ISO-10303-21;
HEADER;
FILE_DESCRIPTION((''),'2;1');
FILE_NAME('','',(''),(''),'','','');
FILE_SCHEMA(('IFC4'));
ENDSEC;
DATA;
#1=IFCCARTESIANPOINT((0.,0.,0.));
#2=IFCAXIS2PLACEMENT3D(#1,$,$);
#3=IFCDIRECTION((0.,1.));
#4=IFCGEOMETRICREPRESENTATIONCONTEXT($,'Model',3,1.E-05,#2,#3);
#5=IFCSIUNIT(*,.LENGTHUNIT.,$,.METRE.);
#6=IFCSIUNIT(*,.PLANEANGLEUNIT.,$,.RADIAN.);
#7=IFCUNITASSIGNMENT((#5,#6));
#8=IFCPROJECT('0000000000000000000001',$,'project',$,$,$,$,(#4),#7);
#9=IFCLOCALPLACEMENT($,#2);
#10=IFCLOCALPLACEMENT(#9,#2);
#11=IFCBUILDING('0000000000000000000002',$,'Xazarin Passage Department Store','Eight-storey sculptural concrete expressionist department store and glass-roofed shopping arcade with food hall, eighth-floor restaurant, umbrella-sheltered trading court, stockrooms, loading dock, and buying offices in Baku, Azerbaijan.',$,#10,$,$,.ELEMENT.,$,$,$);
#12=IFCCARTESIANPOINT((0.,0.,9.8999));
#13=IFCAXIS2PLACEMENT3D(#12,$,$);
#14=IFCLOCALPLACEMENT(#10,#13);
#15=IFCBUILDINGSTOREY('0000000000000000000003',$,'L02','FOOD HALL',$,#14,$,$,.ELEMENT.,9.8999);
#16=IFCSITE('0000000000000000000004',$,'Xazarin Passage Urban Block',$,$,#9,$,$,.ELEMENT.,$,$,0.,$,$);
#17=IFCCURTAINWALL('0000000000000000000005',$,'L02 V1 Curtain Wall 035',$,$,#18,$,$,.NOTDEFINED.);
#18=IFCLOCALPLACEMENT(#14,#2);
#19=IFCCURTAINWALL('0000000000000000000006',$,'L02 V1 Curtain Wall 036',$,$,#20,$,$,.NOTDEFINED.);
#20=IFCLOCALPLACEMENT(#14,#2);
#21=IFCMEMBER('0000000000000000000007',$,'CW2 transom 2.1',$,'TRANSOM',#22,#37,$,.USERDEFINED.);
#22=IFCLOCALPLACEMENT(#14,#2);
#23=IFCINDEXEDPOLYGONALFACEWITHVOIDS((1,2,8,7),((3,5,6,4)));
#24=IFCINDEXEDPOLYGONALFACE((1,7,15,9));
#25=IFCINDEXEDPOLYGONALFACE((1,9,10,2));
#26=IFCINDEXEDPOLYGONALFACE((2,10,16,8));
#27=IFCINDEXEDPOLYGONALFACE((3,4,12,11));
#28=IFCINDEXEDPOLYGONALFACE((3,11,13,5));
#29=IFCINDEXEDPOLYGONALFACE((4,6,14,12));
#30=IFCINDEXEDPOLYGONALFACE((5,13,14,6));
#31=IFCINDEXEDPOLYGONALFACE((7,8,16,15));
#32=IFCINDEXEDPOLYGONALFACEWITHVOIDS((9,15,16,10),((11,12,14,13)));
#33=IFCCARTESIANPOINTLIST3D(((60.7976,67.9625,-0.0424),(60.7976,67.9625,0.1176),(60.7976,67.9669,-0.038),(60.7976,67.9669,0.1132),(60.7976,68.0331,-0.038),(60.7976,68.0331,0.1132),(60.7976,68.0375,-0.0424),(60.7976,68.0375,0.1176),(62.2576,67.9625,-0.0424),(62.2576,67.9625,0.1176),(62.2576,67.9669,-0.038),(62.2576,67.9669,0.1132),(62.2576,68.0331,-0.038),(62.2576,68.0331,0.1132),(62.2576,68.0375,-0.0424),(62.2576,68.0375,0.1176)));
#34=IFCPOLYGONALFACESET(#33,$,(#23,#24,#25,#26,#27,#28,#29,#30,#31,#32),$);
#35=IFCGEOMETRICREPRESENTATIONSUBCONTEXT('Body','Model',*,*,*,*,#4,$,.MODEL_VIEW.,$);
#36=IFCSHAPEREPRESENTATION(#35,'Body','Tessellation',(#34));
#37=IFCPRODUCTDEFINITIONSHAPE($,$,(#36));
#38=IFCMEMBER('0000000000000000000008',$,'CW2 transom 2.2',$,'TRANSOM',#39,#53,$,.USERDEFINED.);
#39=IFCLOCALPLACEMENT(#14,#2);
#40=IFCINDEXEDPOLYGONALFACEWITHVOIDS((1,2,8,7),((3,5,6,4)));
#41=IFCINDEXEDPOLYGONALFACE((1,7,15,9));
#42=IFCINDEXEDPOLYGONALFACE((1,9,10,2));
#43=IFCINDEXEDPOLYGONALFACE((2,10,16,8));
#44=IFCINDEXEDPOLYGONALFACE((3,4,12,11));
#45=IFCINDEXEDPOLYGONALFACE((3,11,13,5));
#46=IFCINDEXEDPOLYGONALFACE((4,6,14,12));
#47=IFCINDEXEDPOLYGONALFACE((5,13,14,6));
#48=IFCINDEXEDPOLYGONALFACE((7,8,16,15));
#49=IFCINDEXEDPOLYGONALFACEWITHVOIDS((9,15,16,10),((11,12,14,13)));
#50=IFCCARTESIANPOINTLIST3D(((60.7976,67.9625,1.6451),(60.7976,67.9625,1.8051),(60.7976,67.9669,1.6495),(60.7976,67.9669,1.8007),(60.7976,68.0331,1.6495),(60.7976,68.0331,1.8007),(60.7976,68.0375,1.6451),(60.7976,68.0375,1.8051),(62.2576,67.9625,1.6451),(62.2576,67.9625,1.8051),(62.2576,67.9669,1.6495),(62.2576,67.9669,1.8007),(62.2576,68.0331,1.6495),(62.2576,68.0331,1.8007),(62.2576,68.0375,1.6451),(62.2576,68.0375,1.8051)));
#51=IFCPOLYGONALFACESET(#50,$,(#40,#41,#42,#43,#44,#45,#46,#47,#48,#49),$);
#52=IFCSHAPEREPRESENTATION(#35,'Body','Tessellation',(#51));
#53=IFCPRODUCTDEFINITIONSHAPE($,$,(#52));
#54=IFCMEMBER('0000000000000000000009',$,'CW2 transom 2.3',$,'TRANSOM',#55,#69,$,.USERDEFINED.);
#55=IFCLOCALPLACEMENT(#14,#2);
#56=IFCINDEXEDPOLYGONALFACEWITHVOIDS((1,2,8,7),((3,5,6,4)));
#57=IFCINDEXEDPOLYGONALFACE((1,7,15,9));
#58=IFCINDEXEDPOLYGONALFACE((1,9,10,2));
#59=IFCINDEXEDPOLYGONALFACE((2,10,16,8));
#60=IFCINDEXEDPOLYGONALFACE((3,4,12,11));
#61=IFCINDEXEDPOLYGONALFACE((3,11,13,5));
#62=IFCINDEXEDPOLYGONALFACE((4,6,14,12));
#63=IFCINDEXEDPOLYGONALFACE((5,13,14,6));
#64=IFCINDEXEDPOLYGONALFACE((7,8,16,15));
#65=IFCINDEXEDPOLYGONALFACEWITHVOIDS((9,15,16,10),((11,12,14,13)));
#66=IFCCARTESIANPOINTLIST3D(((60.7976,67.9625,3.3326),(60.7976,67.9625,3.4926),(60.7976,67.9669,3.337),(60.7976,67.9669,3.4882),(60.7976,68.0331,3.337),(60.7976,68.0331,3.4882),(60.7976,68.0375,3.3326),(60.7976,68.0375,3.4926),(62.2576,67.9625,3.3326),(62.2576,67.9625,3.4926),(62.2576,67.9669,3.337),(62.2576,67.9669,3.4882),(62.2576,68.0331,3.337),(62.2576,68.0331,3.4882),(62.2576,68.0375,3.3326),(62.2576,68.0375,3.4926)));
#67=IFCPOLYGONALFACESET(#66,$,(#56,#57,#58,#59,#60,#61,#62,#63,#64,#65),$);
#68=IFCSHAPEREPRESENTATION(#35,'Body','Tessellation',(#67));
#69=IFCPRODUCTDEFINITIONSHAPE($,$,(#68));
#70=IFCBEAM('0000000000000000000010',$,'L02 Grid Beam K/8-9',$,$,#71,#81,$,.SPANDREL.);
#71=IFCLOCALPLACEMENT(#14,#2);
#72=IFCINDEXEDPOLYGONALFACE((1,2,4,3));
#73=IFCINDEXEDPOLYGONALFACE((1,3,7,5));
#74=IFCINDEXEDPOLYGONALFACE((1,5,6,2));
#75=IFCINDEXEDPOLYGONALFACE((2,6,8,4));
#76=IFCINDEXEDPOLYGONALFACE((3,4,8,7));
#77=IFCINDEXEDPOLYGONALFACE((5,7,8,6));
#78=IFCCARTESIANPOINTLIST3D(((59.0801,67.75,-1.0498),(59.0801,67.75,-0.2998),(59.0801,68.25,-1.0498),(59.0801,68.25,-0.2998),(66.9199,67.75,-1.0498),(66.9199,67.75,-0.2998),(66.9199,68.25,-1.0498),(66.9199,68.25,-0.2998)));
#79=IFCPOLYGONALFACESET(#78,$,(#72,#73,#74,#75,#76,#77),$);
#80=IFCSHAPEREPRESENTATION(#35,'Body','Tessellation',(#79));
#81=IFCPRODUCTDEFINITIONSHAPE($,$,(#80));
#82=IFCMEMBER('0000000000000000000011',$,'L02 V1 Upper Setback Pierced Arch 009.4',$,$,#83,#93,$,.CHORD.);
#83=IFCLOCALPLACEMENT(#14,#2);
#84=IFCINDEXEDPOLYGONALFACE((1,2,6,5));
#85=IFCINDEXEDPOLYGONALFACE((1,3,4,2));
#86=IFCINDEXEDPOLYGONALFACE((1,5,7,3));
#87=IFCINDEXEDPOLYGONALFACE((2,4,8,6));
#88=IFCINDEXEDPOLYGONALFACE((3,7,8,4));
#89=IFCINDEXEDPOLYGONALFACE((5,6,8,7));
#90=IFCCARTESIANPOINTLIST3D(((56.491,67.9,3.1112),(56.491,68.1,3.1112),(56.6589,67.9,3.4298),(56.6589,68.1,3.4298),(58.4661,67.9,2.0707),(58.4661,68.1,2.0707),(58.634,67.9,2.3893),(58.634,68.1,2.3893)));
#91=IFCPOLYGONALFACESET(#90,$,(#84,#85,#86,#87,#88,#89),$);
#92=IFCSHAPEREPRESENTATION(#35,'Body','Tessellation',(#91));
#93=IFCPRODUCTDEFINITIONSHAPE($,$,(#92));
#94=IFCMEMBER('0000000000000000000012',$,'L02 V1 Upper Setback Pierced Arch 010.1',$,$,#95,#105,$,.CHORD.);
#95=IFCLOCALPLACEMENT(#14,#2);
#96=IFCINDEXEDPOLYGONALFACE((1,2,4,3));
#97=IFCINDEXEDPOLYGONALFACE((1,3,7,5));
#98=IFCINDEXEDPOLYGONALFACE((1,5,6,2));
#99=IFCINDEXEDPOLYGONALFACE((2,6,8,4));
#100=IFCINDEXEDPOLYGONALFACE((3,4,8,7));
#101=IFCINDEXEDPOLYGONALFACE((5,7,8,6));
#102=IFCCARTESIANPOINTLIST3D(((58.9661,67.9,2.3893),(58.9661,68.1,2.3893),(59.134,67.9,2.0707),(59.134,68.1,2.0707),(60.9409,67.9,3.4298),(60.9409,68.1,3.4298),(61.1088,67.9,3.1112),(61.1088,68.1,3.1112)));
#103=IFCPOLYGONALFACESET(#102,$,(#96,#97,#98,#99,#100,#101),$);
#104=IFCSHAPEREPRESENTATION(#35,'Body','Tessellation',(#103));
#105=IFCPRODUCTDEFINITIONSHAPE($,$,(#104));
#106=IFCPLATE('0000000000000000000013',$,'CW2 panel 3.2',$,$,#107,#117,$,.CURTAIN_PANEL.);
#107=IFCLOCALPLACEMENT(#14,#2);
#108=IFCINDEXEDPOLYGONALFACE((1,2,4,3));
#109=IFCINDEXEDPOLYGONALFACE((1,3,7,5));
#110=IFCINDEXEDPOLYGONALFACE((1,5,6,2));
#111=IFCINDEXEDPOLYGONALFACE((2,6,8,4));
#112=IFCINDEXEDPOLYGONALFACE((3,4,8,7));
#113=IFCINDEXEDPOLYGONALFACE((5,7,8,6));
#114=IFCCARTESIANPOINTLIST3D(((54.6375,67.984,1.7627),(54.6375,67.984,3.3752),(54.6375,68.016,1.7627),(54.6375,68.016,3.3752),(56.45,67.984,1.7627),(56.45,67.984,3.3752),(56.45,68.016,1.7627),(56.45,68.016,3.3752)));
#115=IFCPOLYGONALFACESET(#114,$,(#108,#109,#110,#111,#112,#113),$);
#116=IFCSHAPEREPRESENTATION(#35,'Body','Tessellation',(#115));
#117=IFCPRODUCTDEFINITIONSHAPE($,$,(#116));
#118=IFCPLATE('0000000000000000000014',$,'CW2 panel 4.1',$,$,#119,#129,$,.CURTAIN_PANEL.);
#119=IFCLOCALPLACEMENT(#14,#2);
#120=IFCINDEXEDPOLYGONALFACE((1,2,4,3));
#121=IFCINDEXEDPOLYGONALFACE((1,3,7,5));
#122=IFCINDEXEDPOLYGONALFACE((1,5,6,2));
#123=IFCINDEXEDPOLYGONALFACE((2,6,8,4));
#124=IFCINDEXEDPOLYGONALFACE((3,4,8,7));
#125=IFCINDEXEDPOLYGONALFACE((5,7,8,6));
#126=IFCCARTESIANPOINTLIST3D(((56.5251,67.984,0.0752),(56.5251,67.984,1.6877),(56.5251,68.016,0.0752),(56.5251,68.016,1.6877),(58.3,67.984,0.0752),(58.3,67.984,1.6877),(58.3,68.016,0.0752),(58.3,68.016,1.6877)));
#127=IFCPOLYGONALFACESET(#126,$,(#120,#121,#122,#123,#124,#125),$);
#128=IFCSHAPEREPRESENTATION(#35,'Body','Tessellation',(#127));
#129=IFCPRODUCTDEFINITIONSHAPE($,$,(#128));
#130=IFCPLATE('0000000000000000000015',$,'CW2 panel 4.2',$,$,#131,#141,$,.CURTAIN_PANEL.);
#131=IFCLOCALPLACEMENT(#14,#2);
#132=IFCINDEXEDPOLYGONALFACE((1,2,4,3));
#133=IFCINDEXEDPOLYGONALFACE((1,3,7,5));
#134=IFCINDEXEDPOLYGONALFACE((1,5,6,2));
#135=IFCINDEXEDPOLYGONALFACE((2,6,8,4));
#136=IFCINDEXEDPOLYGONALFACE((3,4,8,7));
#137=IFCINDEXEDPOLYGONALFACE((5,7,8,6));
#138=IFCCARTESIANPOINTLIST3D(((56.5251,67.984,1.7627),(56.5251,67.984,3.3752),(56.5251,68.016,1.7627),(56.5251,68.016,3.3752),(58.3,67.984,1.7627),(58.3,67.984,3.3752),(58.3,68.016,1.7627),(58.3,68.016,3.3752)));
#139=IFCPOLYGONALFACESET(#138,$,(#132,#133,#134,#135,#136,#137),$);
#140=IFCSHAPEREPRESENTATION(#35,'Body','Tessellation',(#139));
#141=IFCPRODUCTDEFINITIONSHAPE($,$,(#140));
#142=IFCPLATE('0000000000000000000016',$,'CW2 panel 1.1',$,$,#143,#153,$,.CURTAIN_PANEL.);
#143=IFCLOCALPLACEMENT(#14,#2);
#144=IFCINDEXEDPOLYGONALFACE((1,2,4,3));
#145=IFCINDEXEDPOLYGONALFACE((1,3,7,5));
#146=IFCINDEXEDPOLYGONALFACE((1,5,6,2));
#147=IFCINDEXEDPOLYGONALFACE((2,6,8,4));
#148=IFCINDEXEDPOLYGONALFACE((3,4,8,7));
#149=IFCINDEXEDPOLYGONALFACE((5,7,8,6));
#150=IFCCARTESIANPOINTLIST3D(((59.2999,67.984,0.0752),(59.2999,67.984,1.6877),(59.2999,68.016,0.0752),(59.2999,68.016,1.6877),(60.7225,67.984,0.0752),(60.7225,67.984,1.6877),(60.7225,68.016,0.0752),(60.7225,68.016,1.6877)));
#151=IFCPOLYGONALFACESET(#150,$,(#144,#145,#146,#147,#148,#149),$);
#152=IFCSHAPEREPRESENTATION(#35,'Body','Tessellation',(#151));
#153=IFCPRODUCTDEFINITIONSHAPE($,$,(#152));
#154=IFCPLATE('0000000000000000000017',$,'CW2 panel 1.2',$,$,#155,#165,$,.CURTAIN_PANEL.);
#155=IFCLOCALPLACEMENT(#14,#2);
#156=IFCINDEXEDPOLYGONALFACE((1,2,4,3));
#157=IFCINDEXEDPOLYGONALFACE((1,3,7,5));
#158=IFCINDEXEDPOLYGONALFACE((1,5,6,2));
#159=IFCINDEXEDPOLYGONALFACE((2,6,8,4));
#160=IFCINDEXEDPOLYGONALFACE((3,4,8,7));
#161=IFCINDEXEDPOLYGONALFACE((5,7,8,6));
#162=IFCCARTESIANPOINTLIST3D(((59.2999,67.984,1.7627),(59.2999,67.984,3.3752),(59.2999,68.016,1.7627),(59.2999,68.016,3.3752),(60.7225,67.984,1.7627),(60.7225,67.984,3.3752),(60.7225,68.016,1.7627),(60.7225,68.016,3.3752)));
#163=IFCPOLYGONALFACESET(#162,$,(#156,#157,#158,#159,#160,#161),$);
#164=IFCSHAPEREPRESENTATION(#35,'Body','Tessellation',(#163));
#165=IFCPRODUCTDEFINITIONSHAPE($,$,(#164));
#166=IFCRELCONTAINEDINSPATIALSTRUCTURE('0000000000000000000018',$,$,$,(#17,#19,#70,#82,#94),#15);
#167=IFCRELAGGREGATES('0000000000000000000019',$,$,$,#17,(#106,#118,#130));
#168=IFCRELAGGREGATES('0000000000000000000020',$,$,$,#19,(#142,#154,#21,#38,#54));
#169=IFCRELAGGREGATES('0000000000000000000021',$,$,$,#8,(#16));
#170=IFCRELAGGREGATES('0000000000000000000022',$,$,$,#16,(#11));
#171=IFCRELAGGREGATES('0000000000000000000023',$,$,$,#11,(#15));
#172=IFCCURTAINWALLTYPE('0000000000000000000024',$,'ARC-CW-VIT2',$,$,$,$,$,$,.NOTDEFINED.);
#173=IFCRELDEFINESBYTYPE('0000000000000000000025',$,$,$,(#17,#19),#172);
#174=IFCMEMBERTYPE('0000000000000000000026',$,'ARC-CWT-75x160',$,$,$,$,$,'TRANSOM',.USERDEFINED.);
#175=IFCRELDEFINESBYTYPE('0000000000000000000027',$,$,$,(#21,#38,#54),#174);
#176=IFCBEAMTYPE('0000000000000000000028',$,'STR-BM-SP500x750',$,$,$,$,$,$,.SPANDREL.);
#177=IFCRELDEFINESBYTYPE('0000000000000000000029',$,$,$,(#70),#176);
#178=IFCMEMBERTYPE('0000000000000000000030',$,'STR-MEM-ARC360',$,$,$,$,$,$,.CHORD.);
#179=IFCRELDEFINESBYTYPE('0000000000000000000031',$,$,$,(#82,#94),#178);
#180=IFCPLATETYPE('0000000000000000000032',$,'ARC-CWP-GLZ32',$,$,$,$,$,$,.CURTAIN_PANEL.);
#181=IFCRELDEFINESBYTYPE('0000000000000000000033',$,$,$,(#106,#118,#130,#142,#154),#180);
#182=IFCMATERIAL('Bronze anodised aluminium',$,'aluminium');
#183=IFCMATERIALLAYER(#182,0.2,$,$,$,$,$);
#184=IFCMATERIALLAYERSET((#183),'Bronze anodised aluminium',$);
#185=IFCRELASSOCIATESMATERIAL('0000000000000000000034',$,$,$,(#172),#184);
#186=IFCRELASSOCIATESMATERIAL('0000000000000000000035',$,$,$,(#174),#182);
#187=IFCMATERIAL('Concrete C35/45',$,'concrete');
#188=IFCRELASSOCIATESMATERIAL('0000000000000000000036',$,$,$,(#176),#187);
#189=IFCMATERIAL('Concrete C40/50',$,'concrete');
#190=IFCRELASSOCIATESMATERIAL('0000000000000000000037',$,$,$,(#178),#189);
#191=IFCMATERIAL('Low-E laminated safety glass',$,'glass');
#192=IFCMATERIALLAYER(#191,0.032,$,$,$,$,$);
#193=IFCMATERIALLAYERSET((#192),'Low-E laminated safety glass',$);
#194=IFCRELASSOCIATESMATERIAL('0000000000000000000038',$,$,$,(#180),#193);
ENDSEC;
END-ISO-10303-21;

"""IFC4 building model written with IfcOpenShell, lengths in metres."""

from ifc_helpers import new_model, si_unit, direction, frame, origin, origin_2d, place, context, subcontext, project, spatial, rectangle, hollow_rectangle, extrude, material, layer, layer_set, material_profile, profile_set, type_object, element, aggregate, save


model = new_model("IFC4")

# Units and contexts
model_context = context("Model", 3, precision=1e-05, world=origin(), true_north=direction((0.0, 1.0)))
body_context = subcontext(model_context, "Body", "Model", "MODEL_VIEW")
ifc_project = project(units=[si_unit("LENGTHUNIT", "METRE"), si_unit("PLANEANGLEUNIT", "RADIAN")], contexts=[model_context])

# Site, building, storey
site_placement = place(None, origin())
site = spatial("IfcSite", under=ifc_project, at=site_placement, Name="Xazarin Passage Urban Block", CompositionType="ELEMENT", RefElevation=0.0)
building_placement = place(site_placement, origin())
building = spatial("IfcBuilding", under=site, at=building_placement, Name="Xazarin Passage Department Store", Description="Eight-storey sculptural concrete expressionist department store and glass-roofed shopping arcade with food hall, eighth-floor restaurant, umbrella-sheltered trading court, stockrooms, loading dock, and buying offices in Baku, Azerbaijan.", CompositionType="ELEMENT")
storey_placement = place(building_placement, frame((0.0, 0.0, 9.8999)))
storey = spatial("IfcBuildingStorey", under=building, at=storey_placement, Name="L02", Description="FOOD HALL", CompositionType="ELEMENT", Elevation=9.8999)

# Shared definitions
ifc_material_1 = material(Name="Concrete C40/50", Category="concrete")

# Curtain walls
ifc_material_2 = material(Name="Bronze anodised aluminium", Category="aluminium")
ifc_layer_1 = layer(ifc_material_2, 0.2)
ifc_layer_set_1 = layer_set([ifc_layer_1], Name="Bronze anodised aluminium")
curtain_wall_type = type_object("IfcCurtainWallType", Name="ARC-CW-VIT2", PredefinedType="NOTDEFINED", material=ifc_layer_set_1)
curtain_wall_1_placement = place(storey_placement, origin())
curtain_wall_1 = element("IfcCurtainWall", 1, at=curtain_wall_1_placement, inside=storey, type_object=curtain_wall_type, Name="L02 V1 Curtain Wall 035", PredefinedType="NOTDEFINED")
curtain_wall_2_placement = place(storey_placement, origin())
curtain_wall_2 = element("IfcCurtainWall", 2, at=curtain_wall_2_placement, inside=storey, type_object=curtain_wall_type, Name="L02 V1 Curtain Wall 036", PredefinedType="NOTDEFINED")

# Members
ifc_material_profile_1 = material_profile(ifc_material_2, hollow_rectangle(XDim=0.075, YDim=0.1599, WallThickness=0.0044, at=origin_2d()), Name="ALU 75x160")
ifc_profile_set_1 = profile_set([ifc_material_profile_1], Name="Bronze anodised aluminium")
member_type_1 = type_object("IfcMemberType", Name="ARC-CWT-75x160", ElementType="TRANSOM", PredefinedType="USERDEFINED", material=ifc_profile_set_1)
member_1_placement = place(storey_placement, frame((60.7976, 68.0, 0.0376), z_axis=(1.0, 0.0, 0.0), x_axis=(0.0, 1.0, 0.0)))
member_1 = element("IfcMember", 3, at=member_1_placement, type_object=member_type_1, Name="CW2 transom 2.1", ObjectType="TRANSOM", PredefinedType="USERDEFINED", context=body_context, shape_type="SweptSolid", body=[
    extrude(hollow_rectangle(XDim=0.075, YDim=0.1599, WallThickness=0.0044, at=origin_2d()), origin(), (0.0, 0.0, 1.0), 1.46),
])
member_2_placement = place(storey_placement, frame((60.7976, 68.0, 1.7251), z_axis=(1.0, 0.0, 0.0), x_axis=(0.0, 1.0, 0.0)))
member_2 = element("IfcMember", 4, at=member_2_placement, type_object=member_type_1, Name="CW2 transom 2.2", ObjectType="TRANSOM", PredefinedType="USERDEFINED", context=body_context, shape_type="SweptSolid", body=[
    extrude(hollow_rectangle(XDim=0.075, YDim=0.1599, WallThickness=0.0044, at=origin_2d()), origin(), (0.0, 0.0, 1.0), 1.46),
])
member_3_placement = place(storey_placement, frame((60.7976, 68.0, 3.4126), z_axis=(1.0, 0.0, 0.0), x_axis=(0.0, 1.0, 0.0)))
member_3 = element("IfcMember", 5, at=member_3_placement, type_object=member_type_1, Name="CW2 transom 2.3", ObjectType="TRANSOM", PredefinedType="USERDEFINED", context=body_context, shape_type="SweptSolid", body=[
    extrude(hollow_rectangle(XDim=0.075, YDim=0.1599, WallThickness=0.0044, at=origin_2d()), origin(), (0.0, 0.0, 1.0), 1.46),
])

# Beam
ifc_material_3 = material(Name="Concrete C35/45", Category="concrete")
ifc_material_profile_2 = material_profile(ifc_material_3, rectangle(XDim=0.5, YDim=0.75, at=origin_2d()), Name="RC 500x750")
ifc_profile_set_2 = profile_set([ifc_material_profile_2], Name="Concrete C35/45")
beam_type = type_object("IfcBeamType", Name="STR-BM-SP500x750", PredefinedType="SPANDREL", material=ifc_profile_set_2)
beam_placement = place(storey_placement, frame((59.0801, 68.0, -0.6748), z_axis=(1.0, 0.0, 0.0), x_axis=(0.0, 1.0, 0.0)))
element("IfcBeam", 6, at=beam_placement, inside=storey, type_object=beam_type, Name="L02 Grid Beam K/8-9", PredefinedType="SPANDREL", context=body_context, shape_type="SweptSolid", body=[
    extrude(rectangle(XDim=0.5, YDim=0.75, at=origin_2d()), origin(), (0.0, 0.0, 1.0), 7.8398),
])

# Members
ifc_material_profile_3 = material_profile(ifc_material_1, rectangle(XDim=0.2, YDim=0.3601, at=origin_2d()), Name="RC 200x360")
ifc_profile_set_3 = profile_set([ifc_material_profile_3], Name="Concrete C40/50")
member_type_2 = type_object("IfcMemberType", Name="STR-MEM-ARC360", PredefinedType="CHORD", material=ifc_profile_set_3)
member_4_placement = place(storey_placement, frame((56.575, 68.0, 3.2705), z_axis=(0.884733, 0.0, -0.466098), x_axis=(0.0, 1.0, 0.0)))
element("IfcMember", 7, at=member_4_placement, inside=storey, type_object=member_type_2, Name="L02 V1 Upper Setback Pierced Arch 009.4", PredefinedType="CHORD", context=body_context, shape_type="SweptSolid", body=[
    extrude(rectangle(XDim=0.2, YDim=0.3601, at=origin_2d()), origin(), (0.0, 0.0, 1.0), 2.2324),
])
member_5_placement = place(storey_placement, frame((59.05, 68.0, 2.23), z_axis=(0.884709, 0.0, 0.466143), x_axis=(0.0, 1.0, 0.0)))
element("IfcMember", 8, at=member_5_placement, inside=storey, type_object=member_type_2, Name="L02 V1 Upper Setback Pierced Arch 010.1", PredefinedType="CHORD", context=body_context, shape_type="SweptSolid", body=[
    extrude(rectangle(XDim=0.2, YDim=0.3601, at=origin_2d()), origin(), (0.0, 0.0, 1.0), 2.2322),
])

# Plates
ifc_material_4 = material(Name="Low-E laminated safety glass", Category="glass")
ifc_layer_2 = layer(ifc_material_4, 0.032)
ifc_layer_set_2 = layer_set([ifc_layer_2], Name="Low-E laminated safety glass")
plate_type = type_object("IfcPlateType", Name="ARC-CWP-GLZ32", PredefinedType="CURTAIN_PANEL", material=ifc_layer_set_2)
plate_1_placement = place(storey_placement, frame((55.5437, 68.0, 1.7627), z_axis=(0.0, 0.0, 1.0), x_axis=(1.0, 0.0, 0.0)))
plate_1 = element("IfcPlate", 9, at=plate_1_placement, type_object=plate_type, Name="CW2 panel 3.2", PredefinedType="CURTAIN_PANEL", context=body_context, shape_type="SweptSolid", body=[
    extrude(rectangle(XDim=1.8125, YDim=0.032, at=origin_2d()), origin(), (0.0, 0.0, 1.0), 1.6125),
])
plate_2_placement = place(storey_placement, frame((57.4126, 68.0, 0.0752), z_axis=(0.0, 0.0, 1.0), x_axis=(1.0, 0.0, 0.0)))
plate_2 = element("IfcPlate", 10, at=plate_2_placement, type_object=plate_type, Name="CW2 panel 4.1", PredefinedType="CURTAIN_PANEL", context=body_context, shape_type="SweptSolid", body=[
    extrude(rectangle(XDim=1.7749, YDim=0.032, at=origin_2d()), origin(), (0.0, 0.0, 1.0), 1.6125),
])
plate_3_placement = place(storey_placement, frame((57.4126, 68.0, 1.7627), z_axis=(0.0, 0.0, 1.0), x_axis=(1.0, 0.0, 0.0)))
plate_3 = element("IfcPlate", 11, at=plate_3_placement, type_object=plate_type, Name="CW2 panel 4.2", PredefinedType="CURTAIN_PANEL", context=body_context, shape_type="SweptSolid", body=[
    extrude(rectangle(XDim=1.7749, YDim=0.032, at=origin_2d()), origin(), (0.0, 0.0, 1.0), 1.6125),
])
aggregate(curtain_wall_1, [plate_1, plate_2, plate_3])
plate_4_placement = place(storey_placement, frame((60.0112, 68.0, 0.0752), z_axis=(0.0, 0.0, 1.0), x_axis=(1.0, 0.0, 0.0)))
plate_4 = element("IfcPlate", 12, at=plate_4_placement, type_object=plate_type, Name="CW2 panel 1.1", PredefinedType="CURTAIN_PANEL", context=body_context, shape_type="SweptSolid", body=[
    extrude(rectangle(XDim=1.4226, YDim=0.032, at=origin_2d()), origin(), (0.0, 0.0, 1.0), 1.6125),
])
plate_5_placement = place(storey_placement, frame((60.0112, 68.0, 1.7627), z_axis=(0.0, 0.0, 1.0), x_axis=(1.0, 0.0, 0.0)))
plate_5 = element("IfcPlate", 13, at=plate_5_placement, type_object=plate_type, Name="CW2 panel 1.2", PredefinedType="CURTAIN_PANEL", context=body_context, shape_type="SweptSolid", body=[
    extrude(rectangle(XDim=1.4226, YDim=0.032, at=origin_2d()), origin(), (0.0, 0.0, 1.0), 1.6125),
])
aggregate(curtain_wall_2, [plate_4, plate_5, member_1, member_2, member_3])

save(model, "model.ifc")
